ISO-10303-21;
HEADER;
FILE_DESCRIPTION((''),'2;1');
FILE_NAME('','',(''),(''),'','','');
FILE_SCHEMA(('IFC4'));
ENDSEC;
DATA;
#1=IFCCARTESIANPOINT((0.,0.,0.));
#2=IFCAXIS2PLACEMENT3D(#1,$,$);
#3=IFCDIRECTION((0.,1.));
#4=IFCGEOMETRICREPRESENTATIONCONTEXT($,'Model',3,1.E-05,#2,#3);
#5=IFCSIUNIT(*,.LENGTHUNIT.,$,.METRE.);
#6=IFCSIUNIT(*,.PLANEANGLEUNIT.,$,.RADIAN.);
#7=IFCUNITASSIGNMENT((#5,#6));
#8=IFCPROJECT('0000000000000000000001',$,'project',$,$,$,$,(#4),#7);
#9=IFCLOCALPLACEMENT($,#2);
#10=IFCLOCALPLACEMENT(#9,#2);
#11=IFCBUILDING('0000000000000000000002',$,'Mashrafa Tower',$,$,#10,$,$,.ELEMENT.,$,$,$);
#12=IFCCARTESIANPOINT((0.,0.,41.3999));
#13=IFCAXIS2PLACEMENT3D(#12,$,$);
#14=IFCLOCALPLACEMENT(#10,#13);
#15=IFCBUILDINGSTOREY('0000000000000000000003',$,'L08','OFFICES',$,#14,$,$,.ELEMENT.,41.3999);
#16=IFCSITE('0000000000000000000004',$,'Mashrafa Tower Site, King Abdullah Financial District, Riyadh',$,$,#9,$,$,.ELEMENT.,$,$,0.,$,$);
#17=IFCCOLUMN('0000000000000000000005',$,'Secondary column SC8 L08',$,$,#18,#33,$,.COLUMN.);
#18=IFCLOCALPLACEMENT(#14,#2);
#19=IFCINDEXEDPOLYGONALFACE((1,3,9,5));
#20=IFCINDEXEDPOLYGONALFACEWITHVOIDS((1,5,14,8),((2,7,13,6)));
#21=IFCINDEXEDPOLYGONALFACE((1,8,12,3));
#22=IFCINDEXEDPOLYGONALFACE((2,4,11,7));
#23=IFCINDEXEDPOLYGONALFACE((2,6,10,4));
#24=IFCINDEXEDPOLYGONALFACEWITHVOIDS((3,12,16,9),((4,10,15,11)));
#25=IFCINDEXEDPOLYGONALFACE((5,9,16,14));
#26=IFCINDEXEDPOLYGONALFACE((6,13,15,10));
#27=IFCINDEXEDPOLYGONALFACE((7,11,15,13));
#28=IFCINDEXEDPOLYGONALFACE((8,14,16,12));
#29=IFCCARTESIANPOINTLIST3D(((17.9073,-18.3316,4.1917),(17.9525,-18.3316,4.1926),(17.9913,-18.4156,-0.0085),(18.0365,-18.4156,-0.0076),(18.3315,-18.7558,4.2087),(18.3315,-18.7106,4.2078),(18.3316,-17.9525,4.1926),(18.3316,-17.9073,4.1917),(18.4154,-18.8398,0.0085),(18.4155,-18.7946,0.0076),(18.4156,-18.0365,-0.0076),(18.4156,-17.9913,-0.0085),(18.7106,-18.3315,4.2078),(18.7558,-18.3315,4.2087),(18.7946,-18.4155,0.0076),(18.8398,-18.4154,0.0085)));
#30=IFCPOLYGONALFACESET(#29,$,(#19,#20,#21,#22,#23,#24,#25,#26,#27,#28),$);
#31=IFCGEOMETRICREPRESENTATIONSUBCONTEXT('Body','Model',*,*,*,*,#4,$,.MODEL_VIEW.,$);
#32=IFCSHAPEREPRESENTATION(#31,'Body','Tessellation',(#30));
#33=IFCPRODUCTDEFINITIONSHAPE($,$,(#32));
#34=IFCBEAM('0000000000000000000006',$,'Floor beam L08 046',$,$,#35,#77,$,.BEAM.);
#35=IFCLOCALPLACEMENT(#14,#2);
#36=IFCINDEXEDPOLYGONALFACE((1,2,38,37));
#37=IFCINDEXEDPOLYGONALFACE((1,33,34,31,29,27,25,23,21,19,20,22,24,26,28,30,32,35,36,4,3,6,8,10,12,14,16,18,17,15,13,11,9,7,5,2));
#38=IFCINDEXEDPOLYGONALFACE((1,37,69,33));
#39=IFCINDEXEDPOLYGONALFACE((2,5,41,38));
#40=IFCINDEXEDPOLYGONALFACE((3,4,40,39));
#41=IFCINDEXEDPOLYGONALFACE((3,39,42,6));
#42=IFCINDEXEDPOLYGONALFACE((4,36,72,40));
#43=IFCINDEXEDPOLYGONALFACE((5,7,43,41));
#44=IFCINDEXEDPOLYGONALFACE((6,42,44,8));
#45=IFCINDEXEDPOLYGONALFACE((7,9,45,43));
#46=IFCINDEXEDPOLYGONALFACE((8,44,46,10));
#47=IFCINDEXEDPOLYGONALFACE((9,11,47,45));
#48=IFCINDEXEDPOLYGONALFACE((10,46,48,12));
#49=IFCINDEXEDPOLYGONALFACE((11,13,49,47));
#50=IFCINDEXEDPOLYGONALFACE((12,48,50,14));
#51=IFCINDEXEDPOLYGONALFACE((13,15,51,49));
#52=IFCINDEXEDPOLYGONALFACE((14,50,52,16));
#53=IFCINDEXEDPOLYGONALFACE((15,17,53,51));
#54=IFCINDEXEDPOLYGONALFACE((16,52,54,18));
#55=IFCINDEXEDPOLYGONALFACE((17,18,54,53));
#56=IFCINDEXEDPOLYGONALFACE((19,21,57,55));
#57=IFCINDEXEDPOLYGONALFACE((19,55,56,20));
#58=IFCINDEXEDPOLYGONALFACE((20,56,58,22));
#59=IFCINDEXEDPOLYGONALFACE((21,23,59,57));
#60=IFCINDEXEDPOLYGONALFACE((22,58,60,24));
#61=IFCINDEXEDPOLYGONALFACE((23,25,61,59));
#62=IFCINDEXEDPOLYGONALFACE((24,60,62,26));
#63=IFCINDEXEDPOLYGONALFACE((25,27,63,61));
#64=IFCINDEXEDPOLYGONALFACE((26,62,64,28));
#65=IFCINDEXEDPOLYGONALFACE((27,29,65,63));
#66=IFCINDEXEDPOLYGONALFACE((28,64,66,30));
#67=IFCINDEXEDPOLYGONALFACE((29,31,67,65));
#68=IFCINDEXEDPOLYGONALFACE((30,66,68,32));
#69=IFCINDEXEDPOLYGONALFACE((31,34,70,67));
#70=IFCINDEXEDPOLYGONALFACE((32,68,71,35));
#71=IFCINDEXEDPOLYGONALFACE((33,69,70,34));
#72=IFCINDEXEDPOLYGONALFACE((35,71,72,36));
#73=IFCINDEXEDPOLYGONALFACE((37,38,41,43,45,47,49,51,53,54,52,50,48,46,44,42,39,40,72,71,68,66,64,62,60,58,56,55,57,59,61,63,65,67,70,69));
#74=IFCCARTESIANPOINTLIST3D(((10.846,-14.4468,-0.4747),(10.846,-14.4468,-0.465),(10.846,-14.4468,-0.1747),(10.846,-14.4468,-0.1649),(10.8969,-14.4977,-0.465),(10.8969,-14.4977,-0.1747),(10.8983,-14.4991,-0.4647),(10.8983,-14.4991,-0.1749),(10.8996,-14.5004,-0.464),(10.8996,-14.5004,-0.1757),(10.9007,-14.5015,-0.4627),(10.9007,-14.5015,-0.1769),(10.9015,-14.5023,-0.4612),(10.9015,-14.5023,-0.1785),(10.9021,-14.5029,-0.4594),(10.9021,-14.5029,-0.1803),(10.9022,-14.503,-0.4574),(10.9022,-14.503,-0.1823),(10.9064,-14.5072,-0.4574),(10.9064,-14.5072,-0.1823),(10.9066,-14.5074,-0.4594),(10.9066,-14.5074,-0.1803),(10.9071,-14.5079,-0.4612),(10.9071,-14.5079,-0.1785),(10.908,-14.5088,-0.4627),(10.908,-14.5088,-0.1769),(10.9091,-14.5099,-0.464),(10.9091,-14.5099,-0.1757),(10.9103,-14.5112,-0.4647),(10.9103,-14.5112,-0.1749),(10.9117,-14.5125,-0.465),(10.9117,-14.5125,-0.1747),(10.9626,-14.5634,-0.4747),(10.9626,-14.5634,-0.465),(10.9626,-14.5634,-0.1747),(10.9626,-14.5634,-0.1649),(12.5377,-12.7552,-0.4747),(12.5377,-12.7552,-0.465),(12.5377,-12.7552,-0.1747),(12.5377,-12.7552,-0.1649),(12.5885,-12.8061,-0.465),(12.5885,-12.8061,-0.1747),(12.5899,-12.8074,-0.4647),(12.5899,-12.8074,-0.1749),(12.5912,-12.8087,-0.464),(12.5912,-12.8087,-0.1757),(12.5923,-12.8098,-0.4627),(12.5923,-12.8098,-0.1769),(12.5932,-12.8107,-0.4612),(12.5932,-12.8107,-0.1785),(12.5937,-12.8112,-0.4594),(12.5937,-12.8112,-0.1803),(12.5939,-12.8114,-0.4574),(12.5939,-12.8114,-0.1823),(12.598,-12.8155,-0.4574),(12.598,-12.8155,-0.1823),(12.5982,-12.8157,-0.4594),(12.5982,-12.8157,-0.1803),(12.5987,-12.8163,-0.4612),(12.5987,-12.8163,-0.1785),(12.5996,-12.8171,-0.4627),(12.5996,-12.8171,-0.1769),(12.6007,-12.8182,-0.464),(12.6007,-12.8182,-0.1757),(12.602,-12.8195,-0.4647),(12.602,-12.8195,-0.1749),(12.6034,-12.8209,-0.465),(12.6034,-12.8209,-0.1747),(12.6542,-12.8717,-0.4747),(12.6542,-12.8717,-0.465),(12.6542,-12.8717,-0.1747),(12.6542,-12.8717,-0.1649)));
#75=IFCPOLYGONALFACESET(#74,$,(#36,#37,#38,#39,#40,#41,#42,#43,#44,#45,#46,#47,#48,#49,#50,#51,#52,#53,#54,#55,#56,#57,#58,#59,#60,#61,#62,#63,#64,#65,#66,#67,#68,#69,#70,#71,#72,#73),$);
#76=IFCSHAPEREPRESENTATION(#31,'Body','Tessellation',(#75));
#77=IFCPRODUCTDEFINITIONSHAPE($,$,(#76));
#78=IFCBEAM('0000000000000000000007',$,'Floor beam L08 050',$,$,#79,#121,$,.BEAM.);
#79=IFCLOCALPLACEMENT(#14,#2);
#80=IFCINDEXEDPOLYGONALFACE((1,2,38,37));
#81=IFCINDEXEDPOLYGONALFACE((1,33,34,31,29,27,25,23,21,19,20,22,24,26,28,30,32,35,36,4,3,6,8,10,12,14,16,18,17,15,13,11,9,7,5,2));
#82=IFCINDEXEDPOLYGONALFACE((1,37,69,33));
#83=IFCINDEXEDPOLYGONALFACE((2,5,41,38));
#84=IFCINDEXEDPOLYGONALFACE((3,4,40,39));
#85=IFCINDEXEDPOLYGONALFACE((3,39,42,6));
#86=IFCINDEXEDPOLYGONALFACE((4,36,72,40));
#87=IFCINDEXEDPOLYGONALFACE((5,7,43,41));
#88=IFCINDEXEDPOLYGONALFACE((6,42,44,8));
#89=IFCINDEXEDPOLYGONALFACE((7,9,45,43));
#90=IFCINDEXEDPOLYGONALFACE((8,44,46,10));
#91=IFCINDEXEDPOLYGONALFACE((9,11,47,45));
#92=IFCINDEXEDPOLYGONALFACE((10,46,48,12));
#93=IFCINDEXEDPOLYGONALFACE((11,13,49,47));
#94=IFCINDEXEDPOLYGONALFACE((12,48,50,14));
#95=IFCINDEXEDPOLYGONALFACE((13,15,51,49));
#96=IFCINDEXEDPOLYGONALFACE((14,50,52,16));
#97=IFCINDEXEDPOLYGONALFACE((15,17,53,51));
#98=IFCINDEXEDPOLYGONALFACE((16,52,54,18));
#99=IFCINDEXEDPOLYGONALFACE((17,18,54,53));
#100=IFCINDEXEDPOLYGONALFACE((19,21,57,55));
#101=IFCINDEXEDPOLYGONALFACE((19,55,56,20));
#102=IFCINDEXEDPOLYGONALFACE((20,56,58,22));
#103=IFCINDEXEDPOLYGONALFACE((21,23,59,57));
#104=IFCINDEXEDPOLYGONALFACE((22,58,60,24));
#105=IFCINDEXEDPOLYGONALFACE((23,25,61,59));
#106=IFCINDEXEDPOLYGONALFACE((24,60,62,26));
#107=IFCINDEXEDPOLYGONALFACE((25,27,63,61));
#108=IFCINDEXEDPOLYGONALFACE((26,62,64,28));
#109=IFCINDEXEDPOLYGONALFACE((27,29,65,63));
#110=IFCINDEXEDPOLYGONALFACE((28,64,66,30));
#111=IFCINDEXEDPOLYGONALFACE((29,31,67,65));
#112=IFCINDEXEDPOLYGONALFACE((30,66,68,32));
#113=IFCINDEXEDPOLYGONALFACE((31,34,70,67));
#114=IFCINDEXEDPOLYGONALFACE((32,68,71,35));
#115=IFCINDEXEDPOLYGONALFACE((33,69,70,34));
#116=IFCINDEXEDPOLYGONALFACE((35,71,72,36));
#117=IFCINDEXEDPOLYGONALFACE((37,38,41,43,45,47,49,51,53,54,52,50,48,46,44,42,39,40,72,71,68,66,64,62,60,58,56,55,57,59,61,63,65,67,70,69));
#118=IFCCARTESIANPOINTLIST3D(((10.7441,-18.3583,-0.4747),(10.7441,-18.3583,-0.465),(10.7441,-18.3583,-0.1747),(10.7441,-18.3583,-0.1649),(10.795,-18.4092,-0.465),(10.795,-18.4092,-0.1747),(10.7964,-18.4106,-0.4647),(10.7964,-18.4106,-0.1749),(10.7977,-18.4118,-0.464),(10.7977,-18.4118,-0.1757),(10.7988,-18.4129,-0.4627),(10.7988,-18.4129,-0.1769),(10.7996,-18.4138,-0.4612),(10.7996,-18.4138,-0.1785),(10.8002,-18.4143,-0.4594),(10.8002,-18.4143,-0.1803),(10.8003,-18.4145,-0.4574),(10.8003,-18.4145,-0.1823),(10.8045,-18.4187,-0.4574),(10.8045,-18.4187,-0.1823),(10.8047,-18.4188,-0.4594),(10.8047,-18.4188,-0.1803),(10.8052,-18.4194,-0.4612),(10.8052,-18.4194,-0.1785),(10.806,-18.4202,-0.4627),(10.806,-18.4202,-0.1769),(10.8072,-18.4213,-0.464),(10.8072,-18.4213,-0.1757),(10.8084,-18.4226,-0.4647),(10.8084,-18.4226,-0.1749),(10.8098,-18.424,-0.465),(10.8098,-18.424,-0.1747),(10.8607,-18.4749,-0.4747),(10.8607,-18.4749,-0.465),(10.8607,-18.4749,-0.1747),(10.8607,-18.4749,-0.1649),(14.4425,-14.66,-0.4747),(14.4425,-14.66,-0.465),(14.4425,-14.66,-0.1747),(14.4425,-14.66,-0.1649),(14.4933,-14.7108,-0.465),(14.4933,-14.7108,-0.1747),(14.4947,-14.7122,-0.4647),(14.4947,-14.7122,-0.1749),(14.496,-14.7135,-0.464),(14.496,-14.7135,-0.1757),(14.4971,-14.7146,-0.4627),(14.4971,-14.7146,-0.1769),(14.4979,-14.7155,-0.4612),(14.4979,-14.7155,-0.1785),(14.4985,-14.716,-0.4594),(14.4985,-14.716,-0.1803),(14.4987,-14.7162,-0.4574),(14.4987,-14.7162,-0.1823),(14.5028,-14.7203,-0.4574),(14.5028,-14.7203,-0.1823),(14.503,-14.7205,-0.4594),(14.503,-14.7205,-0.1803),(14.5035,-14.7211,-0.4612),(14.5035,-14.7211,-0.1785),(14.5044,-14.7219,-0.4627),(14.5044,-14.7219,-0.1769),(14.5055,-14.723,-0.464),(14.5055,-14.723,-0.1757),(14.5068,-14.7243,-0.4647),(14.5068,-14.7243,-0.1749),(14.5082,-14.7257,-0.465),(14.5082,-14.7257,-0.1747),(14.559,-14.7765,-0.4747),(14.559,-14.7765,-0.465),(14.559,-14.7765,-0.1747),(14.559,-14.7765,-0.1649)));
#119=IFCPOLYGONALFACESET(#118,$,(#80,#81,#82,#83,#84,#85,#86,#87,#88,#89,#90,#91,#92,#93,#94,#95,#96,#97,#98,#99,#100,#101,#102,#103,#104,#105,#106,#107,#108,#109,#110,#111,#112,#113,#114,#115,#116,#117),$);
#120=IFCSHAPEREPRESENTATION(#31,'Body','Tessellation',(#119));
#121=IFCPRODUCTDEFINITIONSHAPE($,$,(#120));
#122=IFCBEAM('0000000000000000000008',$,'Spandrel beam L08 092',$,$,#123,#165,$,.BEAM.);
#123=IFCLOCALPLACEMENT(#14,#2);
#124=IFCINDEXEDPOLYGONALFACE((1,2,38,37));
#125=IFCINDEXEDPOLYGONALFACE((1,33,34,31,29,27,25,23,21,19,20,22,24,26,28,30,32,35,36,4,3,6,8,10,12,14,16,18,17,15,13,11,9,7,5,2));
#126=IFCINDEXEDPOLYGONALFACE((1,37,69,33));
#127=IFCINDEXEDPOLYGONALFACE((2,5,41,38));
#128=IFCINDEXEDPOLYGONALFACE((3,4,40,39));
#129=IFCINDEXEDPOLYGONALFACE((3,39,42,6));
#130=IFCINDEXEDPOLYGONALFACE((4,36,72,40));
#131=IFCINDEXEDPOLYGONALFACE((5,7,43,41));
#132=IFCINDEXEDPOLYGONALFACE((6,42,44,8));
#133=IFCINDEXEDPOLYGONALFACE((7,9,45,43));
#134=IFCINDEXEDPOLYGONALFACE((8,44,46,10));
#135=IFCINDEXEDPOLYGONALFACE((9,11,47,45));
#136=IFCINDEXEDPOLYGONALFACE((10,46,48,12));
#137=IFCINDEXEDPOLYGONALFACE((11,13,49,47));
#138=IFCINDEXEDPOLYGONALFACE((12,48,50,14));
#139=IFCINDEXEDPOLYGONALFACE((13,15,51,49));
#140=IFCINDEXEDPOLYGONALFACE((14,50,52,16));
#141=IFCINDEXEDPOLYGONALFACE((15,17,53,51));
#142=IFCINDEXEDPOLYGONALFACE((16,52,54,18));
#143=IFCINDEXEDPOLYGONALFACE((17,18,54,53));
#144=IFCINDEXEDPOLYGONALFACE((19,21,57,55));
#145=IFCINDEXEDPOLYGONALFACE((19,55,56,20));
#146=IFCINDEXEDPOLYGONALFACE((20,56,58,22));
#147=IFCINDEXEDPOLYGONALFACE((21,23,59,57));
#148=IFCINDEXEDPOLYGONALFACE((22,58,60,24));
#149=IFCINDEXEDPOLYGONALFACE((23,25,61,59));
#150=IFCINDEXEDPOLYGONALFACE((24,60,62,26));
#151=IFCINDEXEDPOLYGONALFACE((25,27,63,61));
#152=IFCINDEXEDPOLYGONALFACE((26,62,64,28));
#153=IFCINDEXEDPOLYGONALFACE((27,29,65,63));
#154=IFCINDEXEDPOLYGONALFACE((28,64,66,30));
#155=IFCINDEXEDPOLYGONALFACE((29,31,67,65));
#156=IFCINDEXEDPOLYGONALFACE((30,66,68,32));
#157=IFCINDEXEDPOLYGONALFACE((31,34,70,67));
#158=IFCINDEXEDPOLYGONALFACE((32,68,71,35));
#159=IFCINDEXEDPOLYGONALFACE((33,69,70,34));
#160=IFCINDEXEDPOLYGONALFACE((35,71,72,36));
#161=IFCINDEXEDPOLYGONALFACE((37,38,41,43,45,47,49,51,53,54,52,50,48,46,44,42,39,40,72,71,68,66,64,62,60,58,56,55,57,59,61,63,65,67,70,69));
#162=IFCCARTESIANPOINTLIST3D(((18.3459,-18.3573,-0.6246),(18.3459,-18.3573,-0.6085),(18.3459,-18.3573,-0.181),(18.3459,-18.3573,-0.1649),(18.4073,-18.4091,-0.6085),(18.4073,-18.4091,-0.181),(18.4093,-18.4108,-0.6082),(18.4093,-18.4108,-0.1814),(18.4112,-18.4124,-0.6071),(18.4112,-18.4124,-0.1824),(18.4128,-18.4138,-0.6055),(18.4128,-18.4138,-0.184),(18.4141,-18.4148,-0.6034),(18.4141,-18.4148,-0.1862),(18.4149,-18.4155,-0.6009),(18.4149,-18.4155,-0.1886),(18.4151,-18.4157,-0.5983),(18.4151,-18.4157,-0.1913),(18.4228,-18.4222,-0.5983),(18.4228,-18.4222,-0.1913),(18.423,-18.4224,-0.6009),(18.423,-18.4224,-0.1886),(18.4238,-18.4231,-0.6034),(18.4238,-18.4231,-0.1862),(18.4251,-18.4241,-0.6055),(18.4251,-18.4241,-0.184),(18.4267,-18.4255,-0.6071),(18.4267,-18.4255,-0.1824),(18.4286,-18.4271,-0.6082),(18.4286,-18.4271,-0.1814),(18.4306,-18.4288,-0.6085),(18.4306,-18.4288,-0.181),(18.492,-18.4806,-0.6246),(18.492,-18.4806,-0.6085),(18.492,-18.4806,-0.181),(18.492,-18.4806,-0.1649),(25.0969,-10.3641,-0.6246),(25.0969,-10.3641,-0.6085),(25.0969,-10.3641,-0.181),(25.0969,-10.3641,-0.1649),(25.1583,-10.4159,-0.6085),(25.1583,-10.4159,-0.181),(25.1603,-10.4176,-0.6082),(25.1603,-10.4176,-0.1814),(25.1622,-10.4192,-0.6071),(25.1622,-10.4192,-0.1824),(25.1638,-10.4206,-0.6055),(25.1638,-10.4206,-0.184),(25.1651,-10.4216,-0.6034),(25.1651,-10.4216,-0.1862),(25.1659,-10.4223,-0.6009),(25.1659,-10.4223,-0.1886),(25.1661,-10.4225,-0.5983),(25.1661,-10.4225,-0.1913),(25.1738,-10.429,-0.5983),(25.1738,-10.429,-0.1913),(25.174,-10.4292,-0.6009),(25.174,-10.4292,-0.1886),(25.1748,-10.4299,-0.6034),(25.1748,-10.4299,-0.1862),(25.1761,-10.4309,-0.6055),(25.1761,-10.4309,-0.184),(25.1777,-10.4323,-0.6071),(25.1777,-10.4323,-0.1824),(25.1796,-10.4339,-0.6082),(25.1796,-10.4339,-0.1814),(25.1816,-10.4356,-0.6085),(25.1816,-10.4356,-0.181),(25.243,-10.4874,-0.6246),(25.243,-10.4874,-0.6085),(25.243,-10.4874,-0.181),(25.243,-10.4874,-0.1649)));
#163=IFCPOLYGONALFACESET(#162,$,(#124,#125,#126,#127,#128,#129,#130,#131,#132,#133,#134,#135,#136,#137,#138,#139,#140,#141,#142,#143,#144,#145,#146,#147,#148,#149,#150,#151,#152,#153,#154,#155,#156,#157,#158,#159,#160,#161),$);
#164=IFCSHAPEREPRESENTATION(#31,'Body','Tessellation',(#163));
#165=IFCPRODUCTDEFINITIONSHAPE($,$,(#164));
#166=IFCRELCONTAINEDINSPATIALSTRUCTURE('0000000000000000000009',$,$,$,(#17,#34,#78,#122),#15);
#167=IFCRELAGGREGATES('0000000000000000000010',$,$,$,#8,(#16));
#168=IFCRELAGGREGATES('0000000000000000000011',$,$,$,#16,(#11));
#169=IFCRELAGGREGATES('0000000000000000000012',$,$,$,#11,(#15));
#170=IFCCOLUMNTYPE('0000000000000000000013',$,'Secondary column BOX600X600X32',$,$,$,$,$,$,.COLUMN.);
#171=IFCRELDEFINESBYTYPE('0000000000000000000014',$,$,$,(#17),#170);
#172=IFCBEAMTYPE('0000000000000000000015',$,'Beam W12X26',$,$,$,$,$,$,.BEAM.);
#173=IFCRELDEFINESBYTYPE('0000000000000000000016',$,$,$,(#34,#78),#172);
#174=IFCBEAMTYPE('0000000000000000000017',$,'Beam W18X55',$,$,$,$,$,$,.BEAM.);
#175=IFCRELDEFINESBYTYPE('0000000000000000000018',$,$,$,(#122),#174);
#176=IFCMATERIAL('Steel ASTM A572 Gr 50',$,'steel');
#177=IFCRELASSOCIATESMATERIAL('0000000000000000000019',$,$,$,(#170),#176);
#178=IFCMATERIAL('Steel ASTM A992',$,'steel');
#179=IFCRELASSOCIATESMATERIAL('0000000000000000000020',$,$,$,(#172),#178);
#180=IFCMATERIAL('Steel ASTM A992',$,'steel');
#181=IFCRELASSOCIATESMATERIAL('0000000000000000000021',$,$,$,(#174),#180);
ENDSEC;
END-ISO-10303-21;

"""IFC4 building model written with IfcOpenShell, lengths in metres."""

from ifc_helpers import new_model, si_unit, direction, frame, origin, origin_2d, place, context, subcontext, project, spatial, hollow_rectangle, i_section, extrude, material, material_profile, profile_set, type_object, element, save


model = new_model("IFC4")

# Units and contexts
model_context = context("Model", 3, precision=1e-05, world=origin(), true_north=direction((0.0, 1.0)))
body_context = subcontext(model_context, "Body", "Model", "MODEL_VIEW")
ifc_project = project(units=[si_unit("LENGTHUNIT", "METRE"), si_unit("PLANEANGLEUNIT", "RADIAN")], contexts=[model_context])

# Site, building, storey
site_placement = place(None, origin())
site = spatial("IfcSite", under=ifc_project, at=site_placement, Name="Mashrafa Tower Site, King Abdullah Financial District, Riyadh", CompositionType="ELEMENT", RefElevation=0.0)
building_placement = place(site_placement, origin())
building = spatial("IfcBuilding", under=site, at=building_placement, Name="Mashrafa Tower", CompositionType="ELEMENT")
storey_placement = place(building_placement, frame((0.0, 0.0, 41.3999)))
storey = spatial("IfcBuildingStorey", under=building, at=storey_placement, Name="L08", Description="OFFICES", CompositionType="ELEMENT", Elevation=41.3999)

# Column
ifc_material_1 = material(Name="Steel ASTM A572 Gr 50", Category="steel")
ifc_material_profile_1 = material_profile(ifc_material_1, hollow_rectangle(XDim=0.6001, YDim=0.6001, WallThickness=0.032, at=origin_2d()), Name="BOX600X600X32")
ifc_profile_set_1 = profile_set([ifc_material_profile_1], Name="Steel ASTM A572 Gr 50")
column_type = type_object("IfcColumnType", Name="Secondary column BOX600X600X32", PredefinedType="COLUMN", material=ifc_profile_set_1)
column_placement = place(storey_placement, frame((18.4155, -18.4155, 0.0), z_axis=(-0.019987, 0.019987, 0.9996), x_axis=(-0.707107, -0.707107, 0.0)))
element("IfcColumn", 1, at=column_placement, inside=storey, type_object=column_type, Name="Secondary column SC8 L08", PredefinedType="COLUMN", context=body_context, shape_type="SweptSolid", body=[
    extrude(hollow_rectangle(XDim=0.6001, YDim=0.6001, WallThickness=0.032, at=origin_2d()), origin(), (0.0, 0.0, 1.0), 4.2019),
])

# Beams
ifc_material_2 = material(Name="Steel ASTM A992", Category="steel")
ifc_material_profile_2 = material_profile(ifc_material_2, i_section(OverallWidth=0.1648, OverallDepth=0.3098, WebThickness=0.0059, FlangeThickness=0.0098, FilletRadius=0.0076, at=origin_2d()), Name="W12X26")
ifc_profile_set_2 = profile_set([ifc_material_profile_2], Name="Steel ASTM A992")
beam_type_1 = type_object("IfcBeamType", Name="Beam W12X26", PredefinedType="BEAM", material=ifc_profile_set_2)
beam_1_placement = place(storey_placement, frame((12.5959, -12.8135, -0.3198), z_axis=(-0.707107, -0.707107, 0.0), x_axis=(0.707107, -0.707107, 0.0)))
element("IfcBeam", 2, at=beam_1_placement, inside=storey, type_object=beam_type_1, Name="Floor beam L08 046", PredefinedType="BEAM", context=body_context, shape_type="SweptSolid", body=[
    extrude(i_section(OverallWidth=0.1648, OverallDepth=0.3098, WebThickness=0.0059, FlangeThickness=0.0098, FilletRadius=0.0076, at=origin_2d()), origin(), (0.0, 0.0, 1.0), 2.3923),
])
beam_2_placement = place(storey_placement, frame((14.5007, -14.7183, -0.3198), z_axis=(-0.707107, -0.707107, 0.0), x_axis=(0.707107, -0.707107, 0.0)))
element("IfcBeam", 3, at=beam_2_placement, inside=storey, type_object=beam_type_1, Name="Floor beam L08 050", PredefinedType="BEAM", context=body_context, shape_type="SweptSolid", body=[
    extrude(i_section(OverallWidth=0.1648, OverallDepth=0.3098, WebThickness=0.0059, FlangeThickness=0.0098, FilletRadius=0.0076, at=origin_2d()), origin(), (0.0, 0.0, 1.0), 5.2302),
])
ifc_material_3 = material(Name="Steel ASTM A992", Category="steel")
ifc_material_profile_3 = material_profile(ifc_material_3, i_section(OverallWidth=0.1912, OverallDepth=0.4597, WebThickness=0.01, FlangeThickness=0.0161, FilletRadius=0.0103, at=origin_2d()), Name="W18X55")
ifc_profile_set_3 = profile_set([ifc_material_profile_3], Name="Steel ASTM A992")
beam_type_2 = type_object("IfcBeamType", Name="Beam W18X55", PredefinedType="BEAM", material=ifc_profile_set_3)
beam_3_placement = place(storey_placement, frame((18.4189, -18.4189, -0.3948), z_axis=(0.645247, 0.763974, 0.0), x_axis=(-0.763974, 0.645247, 0.0)))
element("IfcBeam", 4, at=beam_3_placement, inside=storey, type_object=beam_type_2, Name="Spandrel beam L08 092", PredefinedType="BEAM", context=body_context, shape_type="SweptSolid", body=[
    extrude(i_section(OverallWidth=0.1912, OverallDepth=0.4597, WebThickness=0.01, FlangeThickness=0.0161, FilletRadius=0.0103, at=origin_2d()), origin(), (0.0, 0.0, 1.0), 10.4626),
])

save(model, "model.ifc")
